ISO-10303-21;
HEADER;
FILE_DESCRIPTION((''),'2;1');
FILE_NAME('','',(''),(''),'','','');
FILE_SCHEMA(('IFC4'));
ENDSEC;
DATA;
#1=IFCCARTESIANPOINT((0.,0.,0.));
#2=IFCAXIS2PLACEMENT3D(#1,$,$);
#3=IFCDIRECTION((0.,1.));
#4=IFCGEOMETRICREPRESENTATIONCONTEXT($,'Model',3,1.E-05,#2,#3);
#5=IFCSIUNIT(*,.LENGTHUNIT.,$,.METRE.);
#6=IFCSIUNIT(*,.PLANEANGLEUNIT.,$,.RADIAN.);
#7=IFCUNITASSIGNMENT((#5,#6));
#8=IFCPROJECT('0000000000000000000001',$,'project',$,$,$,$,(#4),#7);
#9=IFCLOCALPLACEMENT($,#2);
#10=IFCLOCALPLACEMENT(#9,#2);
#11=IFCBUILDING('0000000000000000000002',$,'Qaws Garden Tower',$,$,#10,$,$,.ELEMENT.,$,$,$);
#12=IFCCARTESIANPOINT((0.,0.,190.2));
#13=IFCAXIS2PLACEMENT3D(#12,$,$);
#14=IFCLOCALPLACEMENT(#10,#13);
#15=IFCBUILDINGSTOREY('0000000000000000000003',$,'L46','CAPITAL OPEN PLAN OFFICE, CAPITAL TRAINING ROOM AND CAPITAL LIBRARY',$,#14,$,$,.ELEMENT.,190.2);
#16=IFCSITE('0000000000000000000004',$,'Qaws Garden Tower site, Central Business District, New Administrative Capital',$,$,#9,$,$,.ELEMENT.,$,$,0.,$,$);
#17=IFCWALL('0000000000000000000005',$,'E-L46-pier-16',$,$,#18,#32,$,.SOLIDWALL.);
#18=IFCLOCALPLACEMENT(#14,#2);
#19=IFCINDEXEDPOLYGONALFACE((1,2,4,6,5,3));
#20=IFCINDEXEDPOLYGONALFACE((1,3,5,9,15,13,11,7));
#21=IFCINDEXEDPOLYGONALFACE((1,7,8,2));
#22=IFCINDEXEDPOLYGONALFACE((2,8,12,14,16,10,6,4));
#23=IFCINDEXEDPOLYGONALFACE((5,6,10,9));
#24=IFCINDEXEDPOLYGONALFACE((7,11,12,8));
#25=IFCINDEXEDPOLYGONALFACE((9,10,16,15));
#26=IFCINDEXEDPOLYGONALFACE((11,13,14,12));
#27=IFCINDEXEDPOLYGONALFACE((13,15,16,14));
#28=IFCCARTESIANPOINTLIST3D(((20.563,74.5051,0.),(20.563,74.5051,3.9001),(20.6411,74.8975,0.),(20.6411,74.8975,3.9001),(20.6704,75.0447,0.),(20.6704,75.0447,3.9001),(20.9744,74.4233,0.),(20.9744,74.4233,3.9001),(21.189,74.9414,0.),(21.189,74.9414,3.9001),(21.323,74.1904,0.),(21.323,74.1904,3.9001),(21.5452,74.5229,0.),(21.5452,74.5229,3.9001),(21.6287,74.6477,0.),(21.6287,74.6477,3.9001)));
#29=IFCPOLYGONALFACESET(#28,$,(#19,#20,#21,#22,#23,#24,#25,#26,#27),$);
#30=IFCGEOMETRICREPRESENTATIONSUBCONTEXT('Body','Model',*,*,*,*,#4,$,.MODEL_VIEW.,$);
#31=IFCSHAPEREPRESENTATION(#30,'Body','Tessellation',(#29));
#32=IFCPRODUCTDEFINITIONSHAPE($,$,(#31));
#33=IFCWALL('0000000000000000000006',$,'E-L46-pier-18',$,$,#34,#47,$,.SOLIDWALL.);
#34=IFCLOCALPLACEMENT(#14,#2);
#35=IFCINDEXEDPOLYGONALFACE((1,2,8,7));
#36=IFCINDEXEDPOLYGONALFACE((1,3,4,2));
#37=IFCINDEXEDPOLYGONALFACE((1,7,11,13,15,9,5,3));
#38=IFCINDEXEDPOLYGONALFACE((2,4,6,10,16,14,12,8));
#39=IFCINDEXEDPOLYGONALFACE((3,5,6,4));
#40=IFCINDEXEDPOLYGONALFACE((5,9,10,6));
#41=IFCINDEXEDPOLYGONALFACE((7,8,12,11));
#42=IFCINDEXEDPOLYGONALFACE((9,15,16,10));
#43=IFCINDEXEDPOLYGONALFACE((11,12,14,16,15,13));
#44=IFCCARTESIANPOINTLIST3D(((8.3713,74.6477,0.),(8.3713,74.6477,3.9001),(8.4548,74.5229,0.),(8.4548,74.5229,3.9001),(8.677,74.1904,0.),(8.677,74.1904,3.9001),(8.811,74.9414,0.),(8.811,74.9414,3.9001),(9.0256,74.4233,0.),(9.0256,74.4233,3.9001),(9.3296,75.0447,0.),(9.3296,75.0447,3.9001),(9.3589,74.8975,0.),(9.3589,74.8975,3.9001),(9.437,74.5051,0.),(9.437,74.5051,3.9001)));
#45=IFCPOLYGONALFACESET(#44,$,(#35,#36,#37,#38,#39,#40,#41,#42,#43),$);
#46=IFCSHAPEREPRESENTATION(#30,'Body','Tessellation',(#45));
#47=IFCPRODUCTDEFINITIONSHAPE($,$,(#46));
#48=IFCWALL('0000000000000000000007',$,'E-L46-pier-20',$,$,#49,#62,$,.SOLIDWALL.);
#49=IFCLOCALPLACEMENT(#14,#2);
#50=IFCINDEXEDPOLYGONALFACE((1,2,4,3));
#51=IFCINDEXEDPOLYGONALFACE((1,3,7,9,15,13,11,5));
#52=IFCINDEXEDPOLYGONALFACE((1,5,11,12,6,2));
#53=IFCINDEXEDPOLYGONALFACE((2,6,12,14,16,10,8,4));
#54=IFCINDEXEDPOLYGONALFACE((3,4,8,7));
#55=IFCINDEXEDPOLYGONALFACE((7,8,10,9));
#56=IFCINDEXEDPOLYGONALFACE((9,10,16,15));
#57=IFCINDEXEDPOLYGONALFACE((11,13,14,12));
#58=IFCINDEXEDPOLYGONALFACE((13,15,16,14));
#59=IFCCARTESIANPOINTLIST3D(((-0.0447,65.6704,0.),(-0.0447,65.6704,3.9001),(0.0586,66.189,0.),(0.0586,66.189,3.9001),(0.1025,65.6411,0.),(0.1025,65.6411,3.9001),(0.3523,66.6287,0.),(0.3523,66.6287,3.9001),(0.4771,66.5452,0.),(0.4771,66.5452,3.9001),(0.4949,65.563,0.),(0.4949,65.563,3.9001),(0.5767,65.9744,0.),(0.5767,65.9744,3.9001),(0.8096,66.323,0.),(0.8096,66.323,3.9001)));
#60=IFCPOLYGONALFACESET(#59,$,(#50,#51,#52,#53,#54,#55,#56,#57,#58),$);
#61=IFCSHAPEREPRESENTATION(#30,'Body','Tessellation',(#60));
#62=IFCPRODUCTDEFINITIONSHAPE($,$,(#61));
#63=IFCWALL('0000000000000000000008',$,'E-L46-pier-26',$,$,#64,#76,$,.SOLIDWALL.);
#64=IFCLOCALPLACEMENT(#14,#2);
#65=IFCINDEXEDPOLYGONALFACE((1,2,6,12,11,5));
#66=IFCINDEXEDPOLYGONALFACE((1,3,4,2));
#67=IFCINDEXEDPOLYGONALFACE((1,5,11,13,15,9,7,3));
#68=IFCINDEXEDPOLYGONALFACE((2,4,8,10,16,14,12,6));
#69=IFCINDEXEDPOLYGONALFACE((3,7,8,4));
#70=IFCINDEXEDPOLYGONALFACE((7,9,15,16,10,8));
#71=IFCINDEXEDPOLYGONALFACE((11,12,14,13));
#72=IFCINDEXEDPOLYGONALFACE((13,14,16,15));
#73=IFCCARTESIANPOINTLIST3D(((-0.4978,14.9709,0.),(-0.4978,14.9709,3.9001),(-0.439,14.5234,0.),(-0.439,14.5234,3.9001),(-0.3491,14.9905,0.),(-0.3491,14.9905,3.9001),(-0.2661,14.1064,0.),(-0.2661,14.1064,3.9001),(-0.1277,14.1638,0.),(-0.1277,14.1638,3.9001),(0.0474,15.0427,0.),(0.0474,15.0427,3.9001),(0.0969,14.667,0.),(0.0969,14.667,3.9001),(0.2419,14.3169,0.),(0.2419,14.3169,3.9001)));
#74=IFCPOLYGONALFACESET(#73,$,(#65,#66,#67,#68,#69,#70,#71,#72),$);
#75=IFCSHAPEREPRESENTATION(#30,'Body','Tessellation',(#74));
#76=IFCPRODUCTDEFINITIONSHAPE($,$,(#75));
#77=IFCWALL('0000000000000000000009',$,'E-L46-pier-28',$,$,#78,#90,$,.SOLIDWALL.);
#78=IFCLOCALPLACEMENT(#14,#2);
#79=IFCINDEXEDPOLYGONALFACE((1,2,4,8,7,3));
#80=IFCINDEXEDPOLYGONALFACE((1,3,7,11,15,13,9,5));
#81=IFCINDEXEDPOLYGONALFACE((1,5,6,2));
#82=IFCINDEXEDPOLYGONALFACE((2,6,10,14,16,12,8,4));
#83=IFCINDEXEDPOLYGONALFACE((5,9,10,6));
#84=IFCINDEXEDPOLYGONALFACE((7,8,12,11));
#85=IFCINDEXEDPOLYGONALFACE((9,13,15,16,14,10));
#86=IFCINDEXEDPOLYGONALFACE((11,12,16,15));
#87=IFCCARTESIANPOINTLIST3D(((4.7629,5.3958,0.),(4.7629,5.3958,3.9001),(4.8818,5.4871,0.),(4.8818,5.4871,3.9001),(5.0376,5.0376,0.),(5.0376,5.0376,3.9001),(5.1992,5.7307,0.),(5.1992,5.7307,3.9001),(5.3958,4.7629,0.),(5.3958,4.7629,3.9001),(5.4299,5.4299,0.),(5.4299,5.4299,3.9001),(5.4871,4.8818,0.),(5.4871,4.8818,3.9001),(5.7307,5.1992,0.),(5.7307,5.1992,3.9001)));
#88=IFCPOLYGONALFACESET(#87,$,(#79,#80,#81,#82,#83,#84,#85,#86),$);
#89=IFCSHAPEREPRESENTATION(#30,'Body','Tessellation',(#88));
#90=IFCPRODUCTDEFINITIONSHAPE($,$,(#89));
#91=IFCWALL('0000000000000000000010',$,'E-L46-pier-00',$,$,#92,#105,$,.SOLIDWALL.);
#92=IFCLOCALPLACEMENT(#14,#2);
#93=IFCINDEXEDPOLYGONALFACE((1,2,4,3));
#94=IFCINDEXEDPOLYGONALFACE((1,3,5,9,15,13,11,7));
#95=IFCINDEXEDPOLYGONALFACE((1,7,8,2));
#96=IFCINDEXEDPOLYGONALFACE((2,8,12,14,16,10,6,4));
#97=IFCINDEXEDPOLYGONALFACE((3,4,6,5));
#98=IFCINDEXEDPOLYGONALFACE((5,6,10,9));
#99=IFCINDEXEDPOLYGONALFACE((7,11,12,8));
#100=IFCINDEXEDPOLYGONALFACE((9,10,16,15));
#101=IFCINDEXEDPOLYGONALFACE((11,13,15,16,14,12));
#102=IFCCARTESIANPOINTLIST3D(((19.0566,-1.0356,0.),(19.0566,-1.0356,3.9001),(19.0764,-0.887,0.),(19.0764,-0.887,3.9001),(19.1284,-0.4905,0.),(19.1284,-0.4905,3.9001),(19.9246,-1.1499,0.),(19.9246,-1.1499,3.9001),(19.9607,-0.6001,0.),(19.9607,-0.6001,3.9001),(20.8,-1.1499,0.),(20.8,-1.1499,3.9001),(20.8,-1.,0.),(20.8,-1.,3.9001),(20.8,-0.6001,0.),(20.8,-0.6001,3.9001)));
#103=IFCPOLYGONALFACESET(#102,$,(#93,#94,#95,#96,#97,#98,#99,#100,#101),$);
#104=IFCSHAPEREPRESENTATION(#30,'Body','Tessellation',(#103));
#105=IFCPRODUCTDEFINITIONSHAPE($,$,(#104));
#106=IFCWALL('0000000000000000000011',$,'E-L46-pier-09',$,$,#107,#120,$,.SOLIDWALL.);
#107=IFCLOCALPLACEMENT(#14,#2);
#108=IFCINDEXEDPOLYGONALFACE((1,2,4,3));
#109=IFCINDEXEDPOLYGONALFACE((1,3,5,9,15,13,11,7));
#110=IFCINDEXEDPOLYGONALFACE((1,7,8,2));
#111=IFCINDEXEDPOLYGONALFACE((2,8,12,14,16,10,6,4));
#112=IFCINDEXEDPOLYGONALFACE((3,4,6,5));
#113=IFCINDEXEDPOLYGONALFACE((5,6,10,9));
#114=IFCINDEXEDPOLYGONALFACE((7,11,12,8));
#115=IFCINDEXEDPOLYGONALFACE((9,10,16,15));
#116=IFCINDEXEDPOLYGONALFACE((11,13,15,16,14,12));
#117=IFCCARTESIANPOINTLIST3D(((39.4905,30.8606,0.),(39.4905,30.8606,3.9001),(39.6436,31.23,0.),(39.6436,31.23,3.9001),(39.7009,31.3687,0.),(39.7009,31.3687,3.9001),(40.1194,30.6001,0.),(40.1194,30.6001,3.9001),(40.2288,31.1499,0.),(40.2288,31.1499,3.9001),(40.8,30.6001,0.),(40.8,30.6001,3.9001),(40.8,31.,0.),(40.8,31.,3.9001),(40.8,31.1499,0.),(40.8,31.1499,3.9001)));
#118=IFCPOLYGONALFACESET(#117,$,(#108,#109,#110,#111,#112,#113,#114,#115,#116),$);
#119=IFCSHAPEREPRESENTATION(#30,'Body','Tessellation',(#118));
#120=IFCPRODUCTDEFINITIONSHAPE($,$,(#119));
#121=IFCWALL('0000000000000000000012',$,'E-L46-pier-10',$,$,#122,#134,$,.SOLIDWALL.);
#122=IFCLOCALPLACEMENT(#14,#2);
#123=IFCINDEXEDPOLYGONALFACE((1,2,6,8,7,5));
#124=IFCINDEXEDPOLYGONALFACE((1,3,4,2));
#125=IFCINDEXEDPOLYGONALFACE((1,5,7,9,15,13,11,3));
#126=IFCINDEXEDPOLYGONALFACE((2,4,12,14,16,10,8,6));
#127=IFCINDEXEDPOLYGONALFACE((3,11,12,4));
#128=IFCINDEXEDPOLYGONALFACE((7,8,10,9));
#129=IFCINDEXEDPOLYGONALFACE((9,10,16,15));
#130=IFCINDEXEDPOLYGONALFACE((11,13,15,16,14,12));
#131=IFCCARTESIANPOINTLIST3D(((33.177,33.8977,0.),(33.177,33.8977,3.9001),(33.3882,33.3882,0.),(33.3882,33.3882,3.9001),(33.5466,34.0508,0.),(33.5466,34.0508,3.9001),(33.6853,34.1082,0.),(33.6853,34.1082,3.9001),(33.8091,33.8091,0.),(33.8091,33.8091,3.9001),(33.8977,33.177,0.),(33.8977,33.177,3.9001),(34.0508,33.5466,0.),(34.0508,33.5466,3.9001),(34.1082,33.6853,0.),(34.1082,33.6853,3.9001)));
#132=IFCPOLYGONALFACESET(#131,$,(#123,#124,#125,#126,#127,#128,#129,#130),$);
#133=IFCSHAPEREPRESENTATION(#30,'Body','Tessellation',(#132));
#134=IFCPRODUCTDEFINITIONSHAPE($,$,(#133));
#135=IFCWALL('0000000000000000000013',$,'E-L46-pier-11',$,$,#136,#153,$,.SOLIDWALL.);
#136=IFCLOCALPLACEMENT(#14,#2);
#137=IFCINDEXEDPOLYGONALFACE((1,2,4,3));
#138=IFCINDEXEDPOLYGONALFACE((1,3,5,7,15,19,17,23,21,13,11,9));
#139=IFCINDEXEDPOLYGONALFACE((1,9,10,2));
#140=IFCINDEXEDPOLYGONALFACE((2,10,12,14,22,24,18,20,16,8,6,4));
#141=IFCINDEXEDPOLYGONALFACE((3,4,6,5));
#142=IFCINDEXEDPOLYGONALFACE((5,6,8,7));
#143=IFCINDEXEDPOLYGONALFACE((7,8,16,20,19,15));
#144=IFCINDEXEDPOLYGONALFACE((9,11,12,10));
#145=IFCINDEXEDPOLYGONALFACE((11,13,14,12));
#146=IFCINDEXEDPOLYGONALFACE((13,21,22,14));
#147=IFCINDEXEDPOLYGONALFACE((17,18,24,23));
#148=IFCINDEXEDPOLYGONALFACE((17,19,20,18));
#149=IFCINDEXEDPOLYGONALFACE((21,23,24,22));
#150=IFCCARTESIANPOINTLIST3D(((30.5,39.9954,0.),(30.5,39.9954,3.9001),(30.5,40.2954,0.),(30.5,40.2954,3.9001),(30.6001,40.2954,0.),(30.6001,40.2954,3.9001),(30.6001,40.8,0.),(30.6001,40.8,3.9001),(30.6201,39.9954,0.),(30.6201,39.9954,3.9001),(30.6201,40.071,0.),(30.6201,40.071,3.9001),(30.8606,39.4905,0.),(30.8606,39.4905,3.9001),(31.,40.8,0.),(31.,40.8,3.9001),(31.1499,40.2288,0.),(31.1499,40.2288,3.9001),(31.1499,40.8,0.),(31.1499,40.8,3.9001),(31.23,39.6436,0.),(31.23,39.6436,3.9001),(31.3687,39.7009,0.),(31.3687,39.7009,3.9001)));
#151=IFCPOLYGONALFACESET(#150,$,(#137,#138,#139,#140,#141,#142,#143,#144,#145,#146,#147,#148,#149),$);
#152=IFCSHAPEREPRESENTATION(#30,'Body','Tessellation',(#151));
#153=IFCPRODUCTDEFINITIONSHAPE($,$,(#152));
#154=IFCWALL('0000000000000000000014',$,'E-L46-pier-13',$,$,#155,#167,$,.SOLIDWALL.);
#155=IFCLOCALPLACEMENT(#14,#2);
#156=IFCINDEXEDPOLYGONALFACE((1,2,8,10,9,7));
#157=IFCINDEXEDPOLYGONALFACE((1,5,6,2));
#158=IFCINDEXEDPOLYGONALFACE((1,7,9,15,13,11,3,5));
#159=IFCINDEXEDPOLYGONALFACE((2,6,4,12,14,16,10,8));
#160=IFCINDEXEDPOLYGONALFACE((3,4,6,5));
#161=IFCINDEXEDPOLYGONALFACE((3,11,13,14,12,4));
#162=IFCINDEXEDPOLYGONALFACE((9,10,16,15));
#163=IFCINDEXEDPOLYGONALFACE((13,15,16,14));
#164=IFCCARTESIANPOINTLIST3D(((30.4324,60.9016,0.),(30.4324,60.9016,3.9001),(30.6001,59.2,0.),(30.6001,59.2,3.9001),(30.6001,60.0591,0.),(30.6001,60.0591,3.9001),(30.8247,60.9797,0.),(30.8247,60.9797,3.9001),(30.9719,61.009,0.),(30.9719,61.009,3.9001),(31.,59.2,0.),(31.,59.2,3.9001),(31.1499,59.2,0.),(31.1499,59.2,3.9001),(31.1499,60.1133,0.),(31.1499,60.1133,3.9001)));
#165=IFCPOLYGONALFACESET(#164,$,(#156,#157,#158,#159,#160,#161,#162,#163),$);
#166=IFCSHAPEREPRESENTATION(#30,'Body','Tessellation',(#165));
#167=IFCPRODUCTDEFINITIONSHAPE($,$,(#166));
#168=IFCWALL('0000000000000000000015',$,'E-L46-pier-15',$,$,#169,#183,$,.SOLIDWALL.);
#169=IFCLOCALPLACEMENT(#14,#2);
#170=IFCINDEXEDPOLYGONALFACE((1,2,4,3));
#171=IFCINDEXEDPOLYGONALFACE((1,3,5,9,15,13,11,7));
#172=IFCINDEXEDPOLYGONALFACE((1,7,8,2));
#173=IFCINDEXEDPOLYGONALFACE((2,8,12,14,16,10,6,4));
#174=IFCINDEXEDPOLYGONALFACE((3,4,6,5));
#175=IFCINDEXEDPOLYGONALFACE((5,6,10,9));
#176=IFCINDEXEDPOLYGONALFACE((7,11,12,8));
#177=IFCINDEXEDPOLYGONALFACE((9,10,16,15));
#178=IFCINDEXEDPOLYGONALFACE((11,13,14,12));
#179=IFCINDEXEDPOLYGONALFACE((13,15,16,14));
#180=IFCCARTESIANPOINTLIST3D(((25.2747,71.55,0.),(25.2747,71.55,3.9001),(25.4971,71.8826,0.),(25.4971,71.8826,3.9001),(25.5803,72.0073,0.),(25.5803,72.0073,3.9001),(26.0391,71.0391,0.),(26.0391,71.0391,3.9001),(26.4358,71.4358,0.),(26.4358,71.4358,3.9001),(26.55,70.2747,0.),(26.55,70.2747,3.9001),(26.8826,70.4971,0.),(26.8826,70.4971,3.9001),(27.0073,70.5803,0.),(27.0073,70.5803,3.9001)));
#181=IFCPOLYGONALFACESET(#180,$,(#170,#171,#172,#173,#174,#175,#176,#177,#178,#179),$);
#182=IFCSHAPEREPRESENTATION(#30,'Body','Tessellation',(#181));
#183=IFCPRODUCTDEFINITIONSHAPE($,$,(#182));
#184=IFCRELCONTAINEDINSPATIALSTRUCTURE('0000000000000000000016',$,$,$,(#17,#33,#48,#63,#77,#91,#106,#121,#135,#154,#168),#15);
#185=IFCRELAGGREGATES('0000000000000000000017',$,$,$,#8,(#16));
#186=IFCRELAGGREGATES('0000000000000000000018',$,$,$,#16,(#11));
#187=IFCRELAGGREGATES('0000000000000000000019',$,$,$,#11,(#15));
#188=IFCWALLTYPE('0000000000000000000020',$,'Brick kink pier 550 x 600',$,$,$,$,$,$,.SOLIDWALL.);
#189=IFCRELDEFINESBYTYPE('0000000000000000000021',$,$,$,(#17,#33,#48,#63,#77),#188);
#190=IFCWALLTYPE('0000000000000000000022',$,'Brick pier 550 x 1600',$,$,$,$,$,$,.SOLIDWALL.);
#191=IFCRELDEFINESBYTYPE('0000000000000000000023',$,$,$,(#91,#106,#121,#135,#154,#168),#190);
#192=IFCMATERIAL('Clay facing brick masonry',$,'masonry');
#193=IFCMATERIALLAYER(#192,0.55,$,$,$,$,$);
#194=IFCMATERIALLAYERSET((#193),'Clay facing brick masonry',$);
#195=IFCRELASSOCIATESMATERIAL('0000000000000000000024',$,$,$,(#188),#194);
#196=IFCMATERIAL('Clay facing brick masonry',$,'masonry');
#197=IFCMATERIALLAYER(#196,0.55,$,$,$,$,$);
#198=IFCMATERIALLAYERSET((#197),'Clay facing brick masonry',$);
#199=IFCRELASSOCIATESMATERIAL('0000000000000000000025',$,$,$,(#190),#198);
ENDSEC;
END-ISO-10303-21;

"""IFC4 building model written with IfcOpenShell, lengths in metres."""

from ifc_helpers import new_model, si_unit, direction, frame, origin, place, context, subcontext, project, spatial, polyline, outline, extrude, material, layer, layer_set, type_object, element, save


model = new_model("IFC4")

# Units and contexts
model_context = context("Model", 3, precision=1e-05, world=origin(), true_north=direction((0.0, 1.0)))
body_context = subcontext(model_context, "Body", "Model", "MODEL_VIEW")
ifc_project = project(units=[si_unit("LENGTHUNIT", "METRE"), si_unit("PLANEANGLEUNIT", "RADIAN")], contexts=[model_context])

# Site, building, storey
site_placement = place(None, origin())
site = spatial("IfcSite", under=ifc_project, at=site_placement, Name="Qaws Garden Tower site, Central Business District, New Administrative Capital", CompositionType="ELEMENT", RefElevation=0.0)
building_placement = place(site_placement, origin())
building = spatial("IfcBuilding", under=site, at=building_placement, Name="Qaws Garden Tower", CompositionType="ELEMENT")
storey_placement = place(building_placement, frame((0.0, 0.0, 190.2)))
storey = spatial("IfcBuildingStorey", under=building, at=storey_placement, Name="L46", Description="CAPITAL OPEN PLAN OFFICE, CAPITAL TRAINING ROOM AND CAPITAL LIBRARY", CompositionType="ELEMENT", Elevation=190.2)

# Walls
placement = place(storey_placement, origin())
ifc_material_1 = material(Name="Clay facing brick masonry", Category="masonry")
ifc_layer_1 = layer(ifc_material_1, 0.55)
ifc_layer_set_1 = layer_set([ifc_layer_1], Name="Clay facing brick masonry")
wall_type_1 = type_object("IfcWallType", Name="Brick kink pier 550 x 600", PredefinedType="SOLIDWALL", material=ifc_layer_set_1)
element("IfcWall", 1, at=placement, inside=storey, type_object=wall_type_1, Name="E-L46-pier-16", PredefinedType="SOLIDWALL", context=body_context, shape_type="SweptSolid", body=[
    extrude(outline(polyline([(21.5452, 74.5229), (21.6287, 74.6477), (21.189, 74.9414), (20.6704, 75.0447), (20.6411, 74.8975), (20.563, 74.5051), (20.9744, 74.4233), (21.323, 74.1904), (21.5452, 74.5229)])), origin(), (0.0, 0.0, 1.0), 3.9001),
])
element("IfcWall", 2, at=placement, inside=storey, type_object=wall_type_1, Name="E-L46-pier-18", PredefinedType="SOLIDWALL", context=body_context, shape_type="SweptSolid", body=[
    extrude(outline(polyline([(9.3589, 74.8975), (9.3296, 75.0447), (8.811, 74.9414), (8.3713, 74.6477), (8.4548, 74.5229), (8.677, 74.1904), (9.0256, 74.4233), (9.437, 74.5051), (9.3589, 74.8975)])), origin(), (0.0, 0.0, 1.0), 3.9001),
])
element("IfcWall", 3, at=placement, inside=storey, type_object=wall_type_1, Name="E-L46-pier-20", PredefinedType="SOLIDWALL", context=body_context, shape_type="SweptSolid", body=[
    extrude(outline(polyline([(0.4771, 66.5452), (0.3523, 66.6287), (0.0586, 66.189), (-0.0447, 65.6704), (0.1025, 65.6411), (0.4949, 65.563), (0.5767, 65.9744), (0.8096, 66.323), (0.4771, 66.5452)])), origin(), (0.0, 0.0, 1.0), 3.9001),
])
element("IfcWall", 4, at=placement, inside=storey, type_object=wall_type_1, Name="E-L46-pier-26", PredefinedType="SOLIDWALL", context=body_context, shape_type="SweptSolid", body=[
    extrude(outline(polyline([(-0.3491, 14.9905), (-0.4978, 14.9709), (-0.439, 14.5234), (-0.2661, 14.1064), (-0.1277, 14.1638), (0.2419, 14.3169), (0.0969, 14.667), (0.0474, 15.0427), (-0.3491, 14.9905)])), origin(), (0.0, 0.0, 1.0), 3.9001),
])
element("IfcWall", 5, at=placement, inside=storey, type_object=wall_type_1, Name="E-L46-pier-28", PredefinedType="SOLIDWALL", context=body_context, shape_type="SweptSolid", body=[
    extrude(outline(polyline([(4.8818, 5.4871), (4.7629, 5.3958), (5.0376, 5.0376), (5.3958, 4.7629), (5.4871, 4.8818), (5.7307, 5.1992), (5.4299, 5.4299), (5.1992, 5.7307), (4.8818, 5.4871)])), origin(), (0.0, 0.0, 1.0), 3.9001),
])
ifc_material_2 = material(Name="Clay facing brick masonry", Category="masonry")
ifc_layer_2 = layer(ifc_material_2, 0.55)
ifc_layer_set_2 = layer_set([ifc_layer_2], Name="Clay facing brick masonry")
wall_type_2 = type_object("IfcWallType", Name="Brick pier 550 x 1600", PredefinedType="SOLIDWALL", material=ifc_layer_set_2)
element("IfcWall", 6, at=placement, inside=storey, type_object=wall_type_2, Name="E-L46-pier-00", PredefinedType="SOLIDWALL", context=body_context, shape_type="SweptSolid", body=[
    extrude(outline(polyline([(19.0764, -0.887), (19.0566, -1.0356), (19.9246, -1.1499), (20.8, -1.1499), (20.8, -1.0), (20.8, -0.6001), (19.9607, -0.6001), (19.1284, -0.4905), (19.0764, -0.887)])), origin(), (0.0, 0.0, 1.0), 3.9001),
])
element("IfcWall", 7, at=placement, inside=storey, type_object=wall_type_2, Name="E-L46-pier-09", PredefinedType="SOLIDWALL", context=body_context, shape_type="SweptSolid", body=[
    extrude(outline(polyline([(40.8, 31.0), (40.8, 31.1499), (40.2288, 31.1499), (39.7009, 31.3687), (39.6436, 31.23), (39.4905, 30.8606), (40.1194, 30.6001), (40.8, 30.6001), (40.8, 31.0)])), origin(), (0.0, 0.0, 1.0), 3.9001),
])
element("IfcWall", 8, at=placement, inside=storey, type_object=wall_type_2, Name="E-L46-pier-10", PredefinedType="SOLIDWALL", context=body_context, shape_type="SweptSolid", body=[
    extrude(outline(polyline([(34.0508, 33.5466), (34.1082, 33.6853), (33.8091, 33.8091), (33.6853, 34.1082), (33.5466, 34.0508), (33.177, 33.8977), (33.3882, 33.3882), (33.8977, 33.177), (34.0508, 33.5466)])), origin(), (0.0, 0.0, 1.0), 3.9001),
])
element("IfcWall", 9, at=placement, inside=storey, type_object=wall_type_2, Name="E-L46-pier-11", PredefinedType="SOLIDWALL", context=body_context, shape_type="SweptSolid", body=[
    extrude(outline(polyline([(30.6201, 39.9954), (30.6201, 40.071), (30.8606, 39.4905), (31.23, 39.6436), (31.3687, 39.7009), (31.1499, 40.2288), (31.1499, 40.8), (31.0, 40.8), (30.6001, 40.8), (30.6001, 40.2954), (30.5, 40.2954), (30.5, 39.9954), (30.6201, 39.9954)])), origin(), (0.0, 0.0, 1.0), 3.9001),
])
element("IfcWall", 10, at=placement, inside=storey, type_object=wall_type_2, Name="E-L46-pier-13", PredefinedType="SOLIDWALL", context=body_context, shape_type="SweptSolid", body=[
    extrude(outline(polyline([(31.0, 59.2), (31.1499, 59.2), (31.1499, 60.1133), (30.9719, 61.009), (30.8247, 60.9797), (30.4324, 60.9016), (30.6001, 60.0591), (30.6001, 59.2), (31.0, 59.2)])), origin(), (0.0, 0.0, 1.0), 3.9001),
])
element("IfcWall", 11, at=placement, inside=storey, type_object=wall_type_2, Name="E-L46-pier-15", PredefinedType="SOLIDWALL", context=body_context, shape_type="SweptSolid", body=[
    extrude(outline(polyline([(26.8826, 70.4971), (27.0073, 70.5803), (26.4358, 71.4358), (25.5803, 72.0073), (25.4971, 71.8826), (25.2747, 71.55), (26.0391, 71.0391), (26.55, 70.2747), (26.8826, 70.4971)])), origin(), (0.0, 0.0, 1.0), 3.9001),
])

save(model, "model.ifc")
